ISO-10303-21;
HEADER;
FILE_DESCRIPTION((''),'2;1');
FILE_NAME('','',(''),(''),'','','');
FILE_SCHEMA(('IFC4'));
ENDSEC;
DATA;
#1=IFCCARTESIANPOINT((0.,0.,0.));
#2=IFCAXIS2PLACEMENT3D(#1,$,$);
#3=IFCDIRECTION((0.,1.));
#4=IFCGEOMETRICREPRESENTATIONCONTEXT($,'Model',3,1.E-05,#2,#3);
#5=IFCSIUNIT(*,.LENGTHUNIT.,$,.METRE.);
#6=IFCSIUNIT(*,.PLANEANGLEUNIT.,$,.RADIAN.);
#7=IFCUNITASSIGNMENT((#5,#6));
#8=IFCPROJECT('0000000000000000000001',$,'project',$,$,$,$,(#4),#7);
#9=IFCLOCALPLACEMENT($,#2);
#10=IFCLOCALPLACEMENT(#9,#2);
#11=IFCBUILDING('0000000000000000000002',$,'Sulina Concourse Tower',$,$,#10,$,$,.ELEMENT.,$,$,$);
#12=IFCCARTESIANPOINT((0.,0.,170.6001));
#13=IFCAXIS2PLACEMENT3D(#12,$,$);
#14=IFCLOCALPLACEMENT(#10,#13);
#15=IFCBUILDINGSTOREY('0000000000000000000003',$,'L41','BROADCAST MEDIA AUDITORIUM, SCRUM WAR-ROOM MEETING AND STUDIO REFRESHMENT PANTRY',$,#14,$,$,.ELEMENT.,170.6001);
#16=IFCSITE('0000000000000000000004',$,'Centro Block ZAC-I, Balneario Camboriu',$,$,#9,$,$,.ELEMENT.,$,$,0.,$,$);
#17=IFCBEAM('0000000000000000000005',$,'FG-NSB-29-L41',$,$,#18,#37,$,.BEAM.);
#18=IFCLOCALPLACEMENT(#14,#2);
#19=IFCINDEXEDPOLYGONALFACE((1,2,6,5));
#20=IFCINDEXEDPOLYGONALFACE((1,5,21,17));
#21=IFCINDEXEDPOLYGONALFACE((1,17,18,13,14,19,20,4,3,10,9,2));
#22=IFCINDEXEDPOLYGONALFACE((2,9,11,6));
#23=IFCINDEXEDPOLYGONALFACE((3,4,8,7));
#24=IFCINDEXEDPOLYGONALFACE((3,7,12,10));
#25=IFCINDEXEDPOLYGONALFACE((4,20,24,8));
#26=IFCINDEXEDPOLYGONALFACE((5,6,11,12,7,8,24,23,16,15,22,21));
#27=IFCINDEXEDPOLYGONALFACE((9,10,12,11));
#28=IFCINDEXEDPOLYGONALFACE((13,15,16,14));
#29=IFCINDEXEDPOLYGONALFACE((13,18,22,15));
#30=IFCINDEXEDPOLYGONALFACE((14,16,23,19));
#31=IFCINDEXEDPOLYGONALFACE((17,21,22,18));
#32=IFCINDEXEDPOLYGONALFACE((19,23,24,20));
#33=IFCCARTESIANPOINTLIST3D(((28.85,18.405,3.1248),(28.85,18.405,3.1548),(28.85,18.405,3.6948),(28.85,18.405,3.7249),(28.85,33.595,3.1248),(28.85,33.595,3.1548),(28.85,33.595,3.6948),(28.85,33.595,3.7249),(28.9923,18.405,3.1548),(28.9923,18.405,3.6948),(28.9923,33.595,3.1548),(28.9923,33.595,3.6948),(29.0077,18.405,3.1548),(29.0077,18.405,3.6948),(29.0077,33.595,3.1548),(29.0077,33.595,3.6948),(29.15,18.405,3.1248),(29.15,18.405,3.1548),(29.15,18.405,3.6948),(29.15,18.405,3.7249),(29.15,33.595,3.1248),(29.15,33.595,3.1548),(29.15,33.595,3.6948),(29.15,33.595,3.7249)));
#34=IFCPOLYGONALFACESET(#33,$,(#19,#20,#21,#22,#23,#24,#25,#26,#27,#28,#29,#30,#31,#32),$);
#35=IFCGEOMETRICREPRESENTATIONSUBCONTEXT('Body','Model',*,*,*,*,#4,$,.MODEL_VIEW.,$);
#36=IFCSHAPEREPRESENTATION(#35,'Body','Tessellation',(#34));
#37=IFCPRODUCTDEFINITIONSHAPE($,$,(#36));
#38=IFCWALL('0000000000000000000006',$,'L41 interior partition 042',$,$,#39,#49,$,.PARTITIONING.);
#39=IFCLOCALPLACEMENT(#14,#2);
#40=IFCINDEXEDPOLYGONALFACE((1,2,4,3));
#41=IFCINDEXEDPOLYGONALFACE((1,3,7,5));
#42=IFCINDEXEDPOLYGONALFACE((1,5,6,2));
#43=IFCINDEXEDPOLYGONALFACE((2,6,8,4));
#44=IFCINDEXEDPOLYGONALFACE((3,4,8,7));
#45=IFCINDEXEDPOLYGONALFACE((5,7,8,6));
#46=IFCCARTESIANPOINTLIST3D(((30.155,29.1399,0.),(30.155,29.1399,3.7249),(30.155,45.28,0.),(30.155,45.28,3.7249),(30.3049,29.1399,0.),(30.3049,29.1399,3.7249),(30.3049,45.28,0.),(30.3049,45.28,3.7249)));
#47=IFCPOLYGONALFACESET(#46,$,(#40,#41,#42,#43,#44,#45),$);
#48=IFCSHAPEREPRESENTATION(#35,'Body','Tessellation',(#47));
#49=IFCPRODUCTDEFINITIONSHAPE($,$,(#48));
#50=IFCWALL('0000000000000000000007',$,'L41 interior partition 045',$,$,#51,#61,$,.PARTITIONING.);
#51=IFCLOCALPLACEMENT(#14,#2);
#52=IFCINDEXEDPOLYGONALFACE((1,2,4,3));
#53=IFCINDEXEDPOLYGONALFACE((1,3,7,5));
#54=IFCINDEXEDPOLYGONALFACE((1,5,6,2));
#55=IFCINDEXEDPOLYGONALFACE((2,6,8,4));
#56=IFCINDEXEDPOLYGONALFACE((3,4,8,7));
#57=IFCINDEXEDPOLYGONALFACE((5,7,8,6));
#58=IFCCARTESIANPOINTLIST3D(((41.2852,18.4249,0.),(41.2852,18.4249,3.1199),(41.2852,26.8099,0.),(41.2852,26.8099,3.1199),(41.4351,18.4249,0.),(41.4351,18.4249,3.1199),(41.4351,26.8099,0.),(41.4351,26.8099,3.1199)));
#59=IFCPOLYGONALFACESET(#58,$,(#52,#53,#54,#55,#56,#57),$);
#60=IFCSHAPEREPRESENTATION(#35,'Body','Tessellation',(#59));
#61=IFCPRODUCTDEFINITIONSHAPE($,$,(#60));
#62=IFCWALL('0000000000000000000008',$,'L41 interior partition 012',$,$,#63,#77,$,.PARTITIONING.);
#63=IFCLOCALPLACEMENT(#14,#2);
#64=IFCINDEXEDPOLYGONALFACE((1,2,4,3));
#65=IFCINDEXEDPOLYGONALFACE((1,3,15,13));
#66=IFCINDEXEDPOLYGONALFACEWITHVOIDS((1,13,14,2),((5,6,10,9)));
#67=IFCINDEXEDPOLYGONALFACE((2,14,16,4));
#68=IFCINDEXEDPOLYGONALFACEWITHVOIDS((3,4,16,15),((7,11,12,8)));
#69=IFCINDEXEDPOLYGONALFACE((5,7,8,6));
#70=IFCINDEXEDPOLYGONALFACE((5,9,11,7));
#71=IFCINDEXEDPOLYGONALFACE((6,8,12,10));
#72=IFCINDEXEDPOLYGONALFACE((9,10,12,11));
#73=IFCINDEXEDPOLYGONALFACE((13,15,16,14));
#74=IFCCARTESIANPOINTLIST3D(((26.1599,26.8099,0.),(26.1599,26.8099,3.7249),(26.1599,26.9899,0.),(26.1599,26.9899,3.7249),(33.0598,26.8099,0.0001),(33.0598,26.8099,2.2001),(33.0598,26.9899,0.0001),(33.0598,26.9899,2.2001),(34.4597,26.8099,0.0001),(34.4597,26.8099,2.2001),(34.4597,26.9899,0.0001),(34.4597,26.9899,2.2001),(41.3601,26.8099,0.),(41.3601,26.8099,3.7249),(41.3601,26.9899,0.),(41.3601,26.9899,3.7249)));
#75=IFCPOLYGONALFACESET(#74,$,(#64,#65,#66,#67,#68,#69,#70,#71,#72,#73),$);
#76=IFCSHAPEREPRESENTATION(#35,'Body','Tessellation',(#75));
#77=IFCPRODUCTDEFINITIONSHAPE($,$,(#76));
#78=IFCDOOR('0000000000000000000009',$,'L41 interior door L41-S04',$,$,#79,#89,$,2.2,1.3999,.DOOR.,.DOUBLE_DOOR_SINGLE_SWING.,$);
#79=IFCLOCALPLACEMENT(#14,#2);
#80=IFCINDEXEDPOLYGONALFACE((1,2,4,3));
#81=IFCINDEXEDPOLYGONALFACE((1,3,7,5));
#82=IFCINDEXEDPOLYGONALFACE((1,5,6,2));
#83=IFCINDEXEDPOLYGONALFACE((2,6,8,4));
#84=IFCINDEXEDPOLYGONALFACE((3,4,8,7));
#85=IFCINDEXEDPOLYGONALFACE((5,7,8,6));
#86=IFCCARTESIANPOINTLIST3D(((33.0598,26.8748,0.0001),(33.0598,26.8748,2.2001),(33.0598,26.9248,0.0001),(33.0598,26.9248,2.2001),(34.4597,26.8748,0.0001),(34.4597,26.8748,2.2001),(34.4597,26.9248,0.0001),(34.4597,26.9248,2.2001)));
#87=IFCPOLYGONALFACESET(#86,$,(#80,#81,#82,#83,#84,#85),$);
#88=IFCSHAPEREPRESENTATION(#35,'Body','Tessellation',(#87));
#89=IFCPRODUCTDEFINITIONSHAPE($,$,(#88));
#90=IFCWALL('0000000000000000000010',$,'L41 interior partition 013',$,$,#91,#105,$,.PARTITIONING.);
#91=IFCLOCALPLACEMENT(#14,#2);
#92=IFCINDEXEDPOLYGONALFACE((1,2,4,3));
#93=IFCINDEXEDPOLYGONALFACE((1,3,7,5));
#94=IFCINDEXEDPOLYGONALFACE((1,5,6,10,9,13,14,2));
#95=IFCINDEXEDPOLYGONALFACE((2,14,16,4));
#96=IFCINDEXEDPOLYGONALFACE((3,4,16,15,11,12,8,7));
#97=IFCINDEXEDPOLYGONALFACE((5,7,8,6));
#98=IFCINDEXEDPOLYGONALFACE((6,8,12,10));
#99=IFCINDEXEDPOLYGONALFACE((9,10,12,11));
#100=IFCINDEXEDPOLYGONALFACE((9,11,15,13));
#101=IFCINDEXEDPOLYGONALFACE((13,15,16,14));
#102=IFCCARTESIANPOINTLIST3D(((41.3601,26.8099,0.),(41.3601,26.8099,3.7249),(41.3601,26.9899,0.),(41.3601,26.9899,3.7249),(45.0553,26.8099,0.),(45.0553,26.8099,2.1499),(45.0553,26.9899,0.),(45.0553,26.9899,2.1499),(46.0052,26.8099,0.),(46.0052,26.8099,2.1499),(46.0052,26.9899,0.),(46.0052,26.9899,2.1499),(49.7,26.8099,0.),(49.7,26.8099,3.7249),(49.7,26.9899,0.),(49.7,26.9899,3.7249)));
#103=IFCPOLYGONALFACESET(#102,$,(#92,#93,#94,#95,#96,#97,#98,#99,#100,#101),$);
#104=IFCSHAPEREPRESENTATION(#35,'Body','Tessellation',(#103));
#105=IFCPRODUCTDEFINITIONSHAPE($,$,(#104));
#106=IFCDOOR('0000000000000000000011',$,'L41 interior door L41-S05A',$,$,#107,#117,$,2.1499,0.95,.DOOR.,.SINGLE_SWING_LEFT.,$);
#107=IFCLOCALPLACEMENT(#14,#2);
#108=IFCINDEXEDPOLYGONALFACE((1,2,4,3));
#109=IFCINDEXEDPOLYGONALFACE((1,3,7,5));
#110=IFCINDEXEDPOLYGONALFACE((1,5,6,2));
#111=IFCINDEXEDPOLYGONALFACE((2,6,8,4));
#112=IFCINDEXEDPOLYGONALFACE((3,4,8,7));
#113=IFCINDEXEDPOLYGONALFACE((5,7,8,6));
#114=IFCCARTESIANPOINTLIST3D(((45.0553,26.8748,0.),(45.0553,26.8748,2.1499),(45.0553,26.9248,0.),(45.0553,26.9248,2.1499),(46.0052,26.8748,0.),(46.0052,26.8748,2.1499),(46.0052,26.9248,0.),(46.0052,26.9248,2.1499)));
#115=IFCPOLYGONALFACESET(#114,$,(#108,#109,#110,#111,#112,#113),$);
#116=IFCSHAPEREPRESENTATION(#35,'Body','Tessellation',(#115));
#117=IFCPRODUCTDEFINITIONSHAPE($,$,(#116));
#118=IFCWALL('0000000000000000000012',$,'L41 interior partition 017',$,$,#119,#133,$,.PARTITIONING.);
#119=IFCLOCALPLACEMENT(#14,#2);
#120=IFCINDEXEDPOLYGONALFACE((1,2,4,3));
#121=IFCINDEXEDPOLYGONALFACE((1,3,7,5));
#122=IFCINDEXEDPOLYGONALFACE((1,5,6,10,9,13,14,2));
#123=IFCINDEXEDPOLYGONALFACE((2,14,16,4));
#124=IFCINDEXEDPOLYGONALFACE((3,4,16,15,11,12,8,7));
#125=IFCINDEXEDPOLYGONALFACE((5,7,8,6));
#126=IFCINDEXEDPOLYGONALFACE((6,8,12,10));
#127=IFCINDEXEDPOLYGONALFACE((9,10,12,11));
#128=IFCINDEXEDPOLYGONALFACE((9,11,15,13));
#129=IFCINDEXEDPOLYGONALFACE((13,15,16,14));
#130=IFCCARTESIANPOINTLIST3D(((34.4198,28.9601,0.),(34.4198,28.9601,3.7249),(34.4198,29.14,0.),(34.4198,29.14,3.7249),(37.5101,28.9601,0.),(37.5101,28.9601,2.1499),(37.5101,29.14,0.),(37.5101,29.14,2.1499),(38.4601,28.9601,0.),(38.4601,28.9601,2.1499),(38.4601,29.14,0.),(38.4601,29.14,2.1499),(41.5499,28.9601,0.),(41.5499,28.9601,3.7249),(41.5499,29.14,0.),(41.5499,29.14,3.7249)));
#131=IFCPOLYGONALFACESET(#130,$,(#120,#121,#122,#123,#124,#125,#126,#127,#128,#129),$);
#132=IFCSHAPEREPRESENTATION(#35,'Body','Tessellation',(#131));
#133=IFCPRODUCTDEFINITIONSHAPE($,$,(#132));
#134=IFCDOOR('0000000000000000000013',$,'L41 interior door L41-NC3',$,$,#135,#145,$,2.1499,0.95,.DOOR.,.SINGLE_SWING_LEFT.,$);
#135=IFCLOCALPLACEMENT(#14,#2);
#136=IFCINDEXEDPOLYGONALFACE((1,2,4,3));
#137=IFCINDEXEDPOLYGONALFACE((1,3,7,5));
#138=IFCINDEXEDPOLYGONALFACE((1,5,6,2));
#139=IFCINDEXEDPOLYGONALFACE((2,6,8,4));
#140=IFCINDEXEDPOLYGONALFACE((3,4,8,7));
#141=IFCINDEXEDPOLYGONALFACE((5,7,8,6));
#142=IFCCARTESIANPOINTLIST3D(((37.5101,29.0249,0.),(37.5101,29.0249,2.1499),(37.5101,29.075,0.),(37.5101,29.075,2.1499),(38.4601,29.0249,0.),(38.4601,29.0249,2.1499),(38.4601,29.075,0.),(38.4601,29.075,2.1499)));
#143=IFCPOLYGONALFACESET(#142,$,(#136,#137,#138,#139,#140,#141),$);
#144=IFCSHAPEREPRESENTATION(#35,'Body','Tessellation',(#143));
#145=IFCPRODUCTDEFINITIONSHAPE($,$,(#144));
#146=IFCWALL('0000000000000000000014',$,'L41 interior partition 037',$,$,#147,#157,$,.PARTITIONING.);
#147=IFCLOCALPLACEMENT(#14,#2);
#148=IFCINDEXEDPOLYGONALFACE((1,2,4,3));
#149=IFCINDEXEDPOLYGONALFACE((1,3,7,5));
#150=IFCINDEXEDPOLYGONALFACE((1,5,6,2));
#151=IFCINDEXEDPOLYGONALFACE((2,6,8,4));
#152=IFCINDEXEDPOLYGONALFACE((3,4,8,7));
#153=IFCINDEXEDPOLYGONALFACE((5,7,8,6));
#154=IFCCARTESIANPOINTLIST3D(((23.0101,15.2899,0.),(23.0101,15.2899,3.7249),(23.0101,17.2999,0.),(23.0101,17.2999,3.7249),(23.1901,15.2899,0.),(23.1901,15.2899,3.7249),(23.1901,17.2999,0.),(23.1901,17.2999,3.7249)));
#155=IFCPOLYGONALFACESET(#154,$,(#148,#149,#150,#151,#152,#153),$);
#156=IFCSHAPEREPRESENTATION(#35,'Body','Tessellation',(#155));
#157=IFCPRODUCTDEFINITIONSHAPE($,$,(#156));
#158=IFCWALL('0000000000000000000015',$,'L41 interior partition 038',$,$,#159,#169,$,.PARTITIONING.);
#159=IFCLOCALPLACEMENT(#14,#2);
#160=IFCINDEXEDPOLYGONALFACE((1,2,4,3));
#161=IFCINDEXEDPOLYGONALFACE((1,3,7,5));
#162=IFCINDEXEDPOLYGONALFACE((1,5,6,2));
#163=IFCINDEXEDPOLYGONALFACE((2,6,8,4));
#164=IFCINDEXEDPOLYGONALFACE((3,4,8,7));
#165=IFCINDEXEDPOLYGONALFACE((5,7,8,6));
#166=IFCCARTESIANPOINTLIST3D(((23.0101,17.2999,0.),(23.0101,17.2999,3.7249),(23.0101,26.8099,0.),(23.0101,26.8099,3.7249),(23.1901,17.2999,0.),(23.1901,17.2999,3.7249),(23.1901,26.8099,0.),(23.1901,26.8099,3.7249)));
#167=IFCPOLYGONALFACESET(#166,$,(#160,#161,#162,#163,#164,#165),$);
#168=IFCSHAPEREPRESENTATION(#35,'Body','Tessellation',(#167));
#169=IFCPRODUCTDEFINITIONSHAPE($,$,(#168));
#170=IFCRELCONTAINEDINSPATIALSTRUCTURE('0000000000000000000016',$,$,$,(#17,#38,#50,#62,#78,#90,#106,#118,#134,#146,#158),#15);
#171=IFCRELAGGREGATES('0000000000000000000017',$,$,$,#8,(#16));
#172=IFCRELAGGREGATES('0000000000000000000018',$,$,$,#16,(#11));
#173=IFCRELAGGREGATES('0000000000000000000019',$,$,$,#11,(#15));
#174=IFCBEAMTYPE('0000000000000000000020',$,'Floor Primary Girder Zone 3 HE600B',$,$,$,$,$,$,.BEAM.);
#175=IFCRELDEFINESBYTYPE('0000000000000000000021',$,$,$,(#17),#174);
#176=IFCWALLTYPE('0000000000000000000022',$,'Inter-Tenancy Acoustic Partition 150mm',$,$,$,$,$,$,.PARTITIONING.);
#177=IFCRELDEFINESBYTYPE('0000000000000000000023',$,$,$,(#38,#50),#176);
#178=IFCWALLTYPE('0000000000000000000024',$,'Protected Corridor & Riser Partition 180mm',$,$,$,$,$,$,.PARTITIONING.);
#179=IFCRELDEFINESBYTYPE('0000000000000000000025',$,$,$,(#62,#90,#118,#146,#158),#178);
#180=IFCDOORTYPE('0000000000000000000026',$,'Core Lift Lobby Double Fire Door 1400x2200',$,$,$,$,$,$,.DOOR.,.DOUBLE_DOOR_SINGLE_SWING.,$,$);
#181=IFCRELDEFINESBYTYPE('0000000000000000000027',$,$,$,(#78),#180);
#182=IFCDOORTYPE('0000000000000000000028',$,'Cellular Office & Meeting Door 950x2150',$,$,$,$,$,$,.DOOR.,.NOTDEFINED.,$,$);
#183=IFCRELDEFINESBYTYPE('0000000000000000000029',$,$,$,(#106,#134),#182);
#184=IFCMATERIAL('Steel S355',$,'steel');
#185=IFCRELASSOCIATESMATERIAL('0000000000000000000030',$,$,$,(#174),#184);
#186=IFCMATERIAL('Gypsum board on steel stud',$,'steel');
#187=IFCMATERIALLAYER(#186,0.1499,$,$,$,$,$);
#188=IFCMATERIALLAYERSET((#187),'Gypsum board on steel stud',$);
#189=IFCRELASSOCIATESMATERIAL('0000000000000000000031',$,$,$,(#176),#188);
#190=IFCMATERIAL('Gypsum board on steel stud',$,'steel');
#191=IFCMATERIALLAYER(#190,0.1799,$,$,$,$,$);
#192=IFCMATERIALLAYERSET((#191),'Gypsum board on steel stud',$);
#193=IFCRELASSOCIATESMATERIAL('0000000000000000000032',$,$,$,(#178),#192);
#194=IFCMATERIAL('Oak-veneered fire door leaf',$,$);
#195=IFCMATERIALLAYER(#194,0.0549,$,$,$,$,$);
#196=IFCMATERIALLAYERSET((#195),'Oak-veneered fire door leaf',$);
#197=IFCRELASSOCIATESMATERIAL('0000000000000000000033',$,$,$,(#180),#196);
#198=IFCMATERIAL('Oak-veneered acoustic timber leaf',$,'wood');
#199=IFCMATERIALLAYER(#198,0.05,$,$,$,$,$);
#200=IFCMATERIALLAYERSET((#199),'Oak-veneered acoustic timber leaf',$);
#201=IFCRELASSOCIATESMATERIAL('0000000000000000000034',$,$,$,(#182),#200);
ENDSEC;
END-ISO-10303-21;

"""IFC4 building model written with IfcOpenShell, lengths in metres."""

from ifc_helpers import new_model, si_unit, direction, frame, frame_2d, origin, origin_2d, place, context, subcontext, project, spatial, rectangle, i_section, extrude, material, layer, layer_set, material_profile, profile_set, type_object, element, fill, save


model = new_model("IFC4")

# Units and contexts
model_context = context("Model", 3, precision=1e-05, world=origin(), true_north=direction((0.0, 1.0)))
body_context = subcontext(model_context, "Body", "Model", "MODEL_VIEW")
ifc_project = project(units=[si_unit("LENGTHUNIT", "METRE"), si_unit("PLANEANGLEUNIT", "RADIAN")], contexts=[model_context])

# Site, building, storey
site_placement = place(None, origin())
site = spatial("IfcSite", under=ifc_project, at=site_placement, Name="Centro Block ZAC-I, Balneario Camboriu", CompositionType="ELEMENT", RefElevation=0.0)
building_placement = place(site_placement, origin())
building = spatial("IfcBuilding", under=site, at=building_placement, Name="Sulina Concourse Tower", CompositionType="ELEMENT")
storey_placement = place(building_placement, frame((0.0, 0.0, 170.6001)))
storey = spatial("IfcBuildingStorey", under=building, at=storey_placement, Name="L41", Description="BROADCAST MEDIA AUDITORIUM, SCRUM WAR-ROOM MEETING AND STUDIO REFRESHMENT PANTRY", CompositionType="ELEMENT", Elevation=170.6001)

# Beam
ifc_material_1 = material(Name="Steel S355", Category="steel")
ifc_material_profile_1 = material_profile(ifc_material_1, i_section(OverallWidth=0.3, OverallDepth=0.6001, WebThickness=0.0154, FlangeThickness=0.03, at=origin_2d()), Name="HE 600 B")
ifc_profile_set_1 = profile_set([ifc_material_profile_1], Name="Steel S355")
beam_type_1 = type_object("IfcBeamType", Name="Floor Primary Girder Zone 3 HE600B", PredefinedType="BEAM", material=ifc_profile_set_1)
beam_1_placement = place(storey_placement, frame((29.0, 18.405, 3.4248), z_axis=(0.0, 1.0, 0.0), x_axis=(-1.0, 0.0, 0.0)))
element("IfcBeam", 1, at=beam_1_placement, inside=storey, type_object=beam_type_1, Name="FG-NSB-29-L41", PredefinedType="BEAM", context=body_context, shape_type="SweptSolid", body=[
    extrude(i_section(OverallWidth=0.3, OverallDepth=0.6001, WebThickness=0.0154, FlangeThickness=0.03, at=origin_2d()), origin(), (0.0, 0.0, 1.0), 15.1899),
])

# Walls
ifc_material_2 = material(Name="Gypsum board on steel stud", Category="steel")
ifc_layer_1 = layer(ifc_material_2, 0.1499)
ifc_layer_set_1 = layer_set([ifc_layer_1], Name="Gypsum board on steel stud")
wall_type_1 = type_object("IfcWallType", Name="Inter-Tenancy Acoustic Partition 150mm", PredefinedType="PARTITIONING", material=ifc_layer_set_1)
wall_1_placement = place(storey_placement, frame((30.23, 29.1399, 0.0), z_axis=(0.0, 0.0, 1.0), x_axis=(0.0, 1.0, 0.0)))
element("IfcWall", 2, at=wall_1_placement, inside=storey, type_object=wall_type_1, Name="L41 interior partition 042", PredefinedType="PARTITIONING", context=body_context, shape_type="SweptSolid", body=[
    extrude(rectangle(XDim=16.1401, YDim=0.1499, at=frame_2d((8.0701, 0.0))), origin(), (0.0, 0.0, 1.0), 3.7249),
])
wall_2_placement = place(storey_placement, frame((41.3601, 18.425, 0.0), z_axis=(0.0, 0.0, 1.0), x_axis=(0.0, 1.0, 0.0)))
element("IfcWall", 3, at=wall_2_placement, inside=storey, type_object=wall_type_1, Name="L41 interior partition 045", PredefinedType="PARTITIONING", context=body_context, shape_type="SweptSolid", body=[
    extrude(rectangle(XDim=8.385, YDim=0.1499, at=frame_2d((4.1924, 0.0))), origin(), (0.0, 0.0, 1.0), 3.1199),
])

# Walls, openings, doors
ifc_material_3 = material(Name="Gypsum board on steel stud", Category="steel")
ifc_layer_2 = layer(ifc_material_3, 0.1799)
ifc_layer_set_2 = layer_set([ifc_layer_2], Name="Gypsum board on steel stud")
wall_type_2 = type_object("IfcWallType", Name="Protected Corridor & Riser Partition 180mm", PredefinedType="PARTITIONING", material=ifc_layer_set_2)
wall_3_placement = place(storey_placement, frame((26.1599, 26.8999, 0.0), z_axis=(0.0, 0.0, 1.0), x_axis=(1.0, 0.0, 0.0)))
wall_3 = element("IfcWall", 4, at=wall_3_placement, inside=storey, type_object=wall_type_2, Name="L41 interior partition 012", PredefinedType="PARTITIONING", context=body_context, shape_type="SweptSolid", body=[
    extrude(rectangle(XDim=15.2002, YDim=0.1799, at=frame_2d((7.6001, 0.0))), origin(), (0.0, 0.0, 1.0), 3.7249),
])
opening_1_placement = place(wall_3_placement, frame((6.8999, 0.0, 0.0)))
opening_1 = element("IfcOpeningElement", 5, at=opening_1_placement, cuts=wall_3, PredefinedType="OPENING", context=body_context, shape_type="SweptSolid", body=[
    extrude(rectangle(XDim=1.3999, YDim=2.2, at=frame_2d((0.7, 1.1001))), frame((0.0, 0.0999, 0.0), z_axis=(0.0, -1.0, 0.0), x_axis=(1.0, 0.0, 0.0)), (0.0, 0.0, 1.0), 0.2),
])
ifc_material_4 = material(Name="Oak-veneered fire door leaf")
ifc_layer_3 = layer(ifc_material_4, 0.0549)
ifc_layer_set_3 = layer_set([ifc_layer_3], Name="Oak-veneered fire door leaf")
door_type_1 = type_object("IfcDoorType", Name="Core Lift Lobby Double Fire Door 1400x2200", OperationType="DOUBLE_DOOR_SINGLE_SWING", PredefinedType="DOOR", material=ifc_layer_set_3)
door_1_placement = place(opening_1_placement, origin())
door_1 = element("IfcDoor", 6, at=door_1_placement, inside=storey, type_object=door_type_1, Name="L41 interior door L41-S04", OperationType="DOUBLE_DOOR_SINGLE_SWING", OverallHeight=2.2, OverallWidth=1.3999, PredefinedType="DOOR", context=body_context, shape_type="SweptSolid", body=[
    extrude(rectangle(XDim=1.3999, YDim=2.2, at=frame_2d((0.7, 1.1001))), frame((0.0, 0.0249, 0.0), z_axis=(0.0, -1.0, 0.0), x_axis=(1.0, 0.0, 0.0)), (0.0, 0.0, 1.0), 0.05),
])
fill(opening_1, door_1)
wall_4_placement = place(storey_placement, frame((41.3601, 26.8999, 0.0), z_axis=(0.0, 0.0, 1.0), x_axis=(1.0, 0.0, 0.0)))
wall_4 = element("IfcWall", 7, at=wall_4_placement, inside=storey, type_object=wall_type_2, Name="L41 interior partition 013", PredefinedType="PARTITIONING", context=body_context, shape_type="SweptSolid", body=[
    extrude(rectangle(XDim=8.3398, YDim=0.1799, at=frame_2d((4.1699, 0.0))), origin(), (0.0, 0.0, 1.0), 3.7249),
])
opening_2_placement = place(wall_4_placement, frame((3.6951, 0.0, 0.0)))
opening_2 = element("IfcOpeningElement", 8, at=opening_2_placement, cuts=wall_4, PredefinedType="OPENING", context=body_context, shape_type="SweptSolid", body=[
    extrude(rectangle(XDim=0.95, YDim=2.1499, at=frame_2d((0.4751, 1.075))), frame((0.0, 0.0999, 0.0), z_axis=(0.0, -1.0, 0.0), x_axis=(1.0, 0.0, 0.0)), (0.0, 0.0, 1.0), 0.2),
])
ifc_material_5 = material(Name="Oak-veneered acoustic timber leaf", Category="wood")
ifc_layer_4 = layer(ifc_material_5, 0.05)
ifc_layer_set_4 = layer_set([ifc_layer_4], Name="Oak-veneered acoustic timber leaf")
door_type_2 = type_object("IfcDoorType", Name="Cellular Office & Meeting Door 950x2150", OperationType="NOTDEFINED", PredefinedType="DOOR", material=ifc_layer_set_4)
door_2_placement = place(opening_2_placement, origin())
door_2 = element("IfcDoor", 9, at=door_2_placement, inside=storey, type_object=door_type_2, Name="L41 interior door L41-S05A", OperationType="SINGLE_SWING_LEFT", OverallHeight=2.1499, OverallWidth=0.95, PredefinedType="DOOR", context=body_context, shape_type="SweptSolid", body=[
    extrude(rectangle(XDim=0.95, YDim=2.1499, at=frame_2d((0.4751, 1.075))), frame((0.0, 0.0249, 0.0), z_axis=(0.0, -1.0, 0.0), x_axis=(1.0, 0.0, 0.0)), (0.0, 0.0, 1.0), 0.05),
])
fill(opening_2, door_2)
wall_5_placement = place(storey_placement, frame((34.4199, 29.05, 0.0), z_axis=(0.0, 0.0, 1.0), x_axis=(1.0, 0.0, 0.0)))
wall_5 = element("IfcWall", 10, at=wall_5_placement, inside=storey, type_object=wall_type_2, Name="L41 interior partition 017", PredefinedType="PARTITIONING", context=body_context, shape_type="SweptSolid", body=[
    extrude(rectangle(XDim=7.1301, YDim=0.1799, at=frame_2d((3.5649, 0.0))), origin(), (0.0, 0.0, 1.0), 3.7249),
])
opening_3_placement = place(wall_5_placement, frame((3.0901, 0.0, 0.0)))
opening_3 = element("IfcOpeningElement", 11, at=opening_3_placement, cuts=wall_5, PredefinedType="OPENING", context=body_context, shape_type="SweptSolid", body=[
    extrude(rectangle(XDim=0.95, YDim=2.1499, at=frame_2d((0.4751, 1.075))), frame((0.0, 0.0999, 0.0), z_axis=(0.0, -1.0, 0.0), x_axis=(1.0, 0.0, 0.0)), (0.0, 0.0, 1.0), 0.2),
])
door_3_placement = place(opening_3_placement, origin())
door_3 = element("IfcDoor", 12, at=door_3_placement, inside=storey, type_object=door_type_2, Name="L41 interior door L41-NC3", OperationType="SINGLE_SWING_LEFT", OverallHeight=2.1499, OverallWidth=0.95, PredefinedType="DOOR", context=body_context, shape_type="SweptSolid", body=[
    extrude(rectangle(XDim=0.95, YDim=2.1499, at=frame_2d((0.4751, 1.075))), frame((0.0, 0.0249, 0.0), z_axis=(0.0, -1.0, 0.0), x_axis=(1.0, 0.0, 0.0)), (0.0, 0.0, 1.0), 0.05),
])
fill(opening_3, door_3)

# Walls
wall_6_placement = place(storey_placement, frame((23.1001, 15.29, 0.0), z_axis=(0.0, 0.0, 1.0), x_axis=(0.0, 1.0, 0.0)))
element("IfcWall", 13, at=wall_6_placement, inside=storey, type_object=wall_type_2, Name="L41 interior partition 037", PredefinedType="PARTITIONING", context=body_context, shape_type="SweptSolid", body=[
    extrude(rectangle(XDim=2.01, YDim=0.1799, at=frame_2d((1.0049, 0.0))), origin(), (0.0, 0.0, 1.0), 3.7249),
])
wall_7_placement = place(storey_placement, frame((23.1001, 17.3, 0.0), z_axis=(0.0, 0.0, 1.0), x_axis=(0.0, 1.0, 0.0)))
element("IfcWall", 14, at=wall_7_placement, inside=storey, type_object=wall_type_2, Name="L41 interior partition 038", PredefinedType="PARTITIONING", context=body_context, shape_type="SweptSolid", body=[
    extrude(rectangle(XDim=9.51, YDim=0.1799, at=frame_2d((4.7549, 0.0))), origin(), (0.0, 0.0, 1.0), 3.7249),
])

save(model, "model.ifc")
